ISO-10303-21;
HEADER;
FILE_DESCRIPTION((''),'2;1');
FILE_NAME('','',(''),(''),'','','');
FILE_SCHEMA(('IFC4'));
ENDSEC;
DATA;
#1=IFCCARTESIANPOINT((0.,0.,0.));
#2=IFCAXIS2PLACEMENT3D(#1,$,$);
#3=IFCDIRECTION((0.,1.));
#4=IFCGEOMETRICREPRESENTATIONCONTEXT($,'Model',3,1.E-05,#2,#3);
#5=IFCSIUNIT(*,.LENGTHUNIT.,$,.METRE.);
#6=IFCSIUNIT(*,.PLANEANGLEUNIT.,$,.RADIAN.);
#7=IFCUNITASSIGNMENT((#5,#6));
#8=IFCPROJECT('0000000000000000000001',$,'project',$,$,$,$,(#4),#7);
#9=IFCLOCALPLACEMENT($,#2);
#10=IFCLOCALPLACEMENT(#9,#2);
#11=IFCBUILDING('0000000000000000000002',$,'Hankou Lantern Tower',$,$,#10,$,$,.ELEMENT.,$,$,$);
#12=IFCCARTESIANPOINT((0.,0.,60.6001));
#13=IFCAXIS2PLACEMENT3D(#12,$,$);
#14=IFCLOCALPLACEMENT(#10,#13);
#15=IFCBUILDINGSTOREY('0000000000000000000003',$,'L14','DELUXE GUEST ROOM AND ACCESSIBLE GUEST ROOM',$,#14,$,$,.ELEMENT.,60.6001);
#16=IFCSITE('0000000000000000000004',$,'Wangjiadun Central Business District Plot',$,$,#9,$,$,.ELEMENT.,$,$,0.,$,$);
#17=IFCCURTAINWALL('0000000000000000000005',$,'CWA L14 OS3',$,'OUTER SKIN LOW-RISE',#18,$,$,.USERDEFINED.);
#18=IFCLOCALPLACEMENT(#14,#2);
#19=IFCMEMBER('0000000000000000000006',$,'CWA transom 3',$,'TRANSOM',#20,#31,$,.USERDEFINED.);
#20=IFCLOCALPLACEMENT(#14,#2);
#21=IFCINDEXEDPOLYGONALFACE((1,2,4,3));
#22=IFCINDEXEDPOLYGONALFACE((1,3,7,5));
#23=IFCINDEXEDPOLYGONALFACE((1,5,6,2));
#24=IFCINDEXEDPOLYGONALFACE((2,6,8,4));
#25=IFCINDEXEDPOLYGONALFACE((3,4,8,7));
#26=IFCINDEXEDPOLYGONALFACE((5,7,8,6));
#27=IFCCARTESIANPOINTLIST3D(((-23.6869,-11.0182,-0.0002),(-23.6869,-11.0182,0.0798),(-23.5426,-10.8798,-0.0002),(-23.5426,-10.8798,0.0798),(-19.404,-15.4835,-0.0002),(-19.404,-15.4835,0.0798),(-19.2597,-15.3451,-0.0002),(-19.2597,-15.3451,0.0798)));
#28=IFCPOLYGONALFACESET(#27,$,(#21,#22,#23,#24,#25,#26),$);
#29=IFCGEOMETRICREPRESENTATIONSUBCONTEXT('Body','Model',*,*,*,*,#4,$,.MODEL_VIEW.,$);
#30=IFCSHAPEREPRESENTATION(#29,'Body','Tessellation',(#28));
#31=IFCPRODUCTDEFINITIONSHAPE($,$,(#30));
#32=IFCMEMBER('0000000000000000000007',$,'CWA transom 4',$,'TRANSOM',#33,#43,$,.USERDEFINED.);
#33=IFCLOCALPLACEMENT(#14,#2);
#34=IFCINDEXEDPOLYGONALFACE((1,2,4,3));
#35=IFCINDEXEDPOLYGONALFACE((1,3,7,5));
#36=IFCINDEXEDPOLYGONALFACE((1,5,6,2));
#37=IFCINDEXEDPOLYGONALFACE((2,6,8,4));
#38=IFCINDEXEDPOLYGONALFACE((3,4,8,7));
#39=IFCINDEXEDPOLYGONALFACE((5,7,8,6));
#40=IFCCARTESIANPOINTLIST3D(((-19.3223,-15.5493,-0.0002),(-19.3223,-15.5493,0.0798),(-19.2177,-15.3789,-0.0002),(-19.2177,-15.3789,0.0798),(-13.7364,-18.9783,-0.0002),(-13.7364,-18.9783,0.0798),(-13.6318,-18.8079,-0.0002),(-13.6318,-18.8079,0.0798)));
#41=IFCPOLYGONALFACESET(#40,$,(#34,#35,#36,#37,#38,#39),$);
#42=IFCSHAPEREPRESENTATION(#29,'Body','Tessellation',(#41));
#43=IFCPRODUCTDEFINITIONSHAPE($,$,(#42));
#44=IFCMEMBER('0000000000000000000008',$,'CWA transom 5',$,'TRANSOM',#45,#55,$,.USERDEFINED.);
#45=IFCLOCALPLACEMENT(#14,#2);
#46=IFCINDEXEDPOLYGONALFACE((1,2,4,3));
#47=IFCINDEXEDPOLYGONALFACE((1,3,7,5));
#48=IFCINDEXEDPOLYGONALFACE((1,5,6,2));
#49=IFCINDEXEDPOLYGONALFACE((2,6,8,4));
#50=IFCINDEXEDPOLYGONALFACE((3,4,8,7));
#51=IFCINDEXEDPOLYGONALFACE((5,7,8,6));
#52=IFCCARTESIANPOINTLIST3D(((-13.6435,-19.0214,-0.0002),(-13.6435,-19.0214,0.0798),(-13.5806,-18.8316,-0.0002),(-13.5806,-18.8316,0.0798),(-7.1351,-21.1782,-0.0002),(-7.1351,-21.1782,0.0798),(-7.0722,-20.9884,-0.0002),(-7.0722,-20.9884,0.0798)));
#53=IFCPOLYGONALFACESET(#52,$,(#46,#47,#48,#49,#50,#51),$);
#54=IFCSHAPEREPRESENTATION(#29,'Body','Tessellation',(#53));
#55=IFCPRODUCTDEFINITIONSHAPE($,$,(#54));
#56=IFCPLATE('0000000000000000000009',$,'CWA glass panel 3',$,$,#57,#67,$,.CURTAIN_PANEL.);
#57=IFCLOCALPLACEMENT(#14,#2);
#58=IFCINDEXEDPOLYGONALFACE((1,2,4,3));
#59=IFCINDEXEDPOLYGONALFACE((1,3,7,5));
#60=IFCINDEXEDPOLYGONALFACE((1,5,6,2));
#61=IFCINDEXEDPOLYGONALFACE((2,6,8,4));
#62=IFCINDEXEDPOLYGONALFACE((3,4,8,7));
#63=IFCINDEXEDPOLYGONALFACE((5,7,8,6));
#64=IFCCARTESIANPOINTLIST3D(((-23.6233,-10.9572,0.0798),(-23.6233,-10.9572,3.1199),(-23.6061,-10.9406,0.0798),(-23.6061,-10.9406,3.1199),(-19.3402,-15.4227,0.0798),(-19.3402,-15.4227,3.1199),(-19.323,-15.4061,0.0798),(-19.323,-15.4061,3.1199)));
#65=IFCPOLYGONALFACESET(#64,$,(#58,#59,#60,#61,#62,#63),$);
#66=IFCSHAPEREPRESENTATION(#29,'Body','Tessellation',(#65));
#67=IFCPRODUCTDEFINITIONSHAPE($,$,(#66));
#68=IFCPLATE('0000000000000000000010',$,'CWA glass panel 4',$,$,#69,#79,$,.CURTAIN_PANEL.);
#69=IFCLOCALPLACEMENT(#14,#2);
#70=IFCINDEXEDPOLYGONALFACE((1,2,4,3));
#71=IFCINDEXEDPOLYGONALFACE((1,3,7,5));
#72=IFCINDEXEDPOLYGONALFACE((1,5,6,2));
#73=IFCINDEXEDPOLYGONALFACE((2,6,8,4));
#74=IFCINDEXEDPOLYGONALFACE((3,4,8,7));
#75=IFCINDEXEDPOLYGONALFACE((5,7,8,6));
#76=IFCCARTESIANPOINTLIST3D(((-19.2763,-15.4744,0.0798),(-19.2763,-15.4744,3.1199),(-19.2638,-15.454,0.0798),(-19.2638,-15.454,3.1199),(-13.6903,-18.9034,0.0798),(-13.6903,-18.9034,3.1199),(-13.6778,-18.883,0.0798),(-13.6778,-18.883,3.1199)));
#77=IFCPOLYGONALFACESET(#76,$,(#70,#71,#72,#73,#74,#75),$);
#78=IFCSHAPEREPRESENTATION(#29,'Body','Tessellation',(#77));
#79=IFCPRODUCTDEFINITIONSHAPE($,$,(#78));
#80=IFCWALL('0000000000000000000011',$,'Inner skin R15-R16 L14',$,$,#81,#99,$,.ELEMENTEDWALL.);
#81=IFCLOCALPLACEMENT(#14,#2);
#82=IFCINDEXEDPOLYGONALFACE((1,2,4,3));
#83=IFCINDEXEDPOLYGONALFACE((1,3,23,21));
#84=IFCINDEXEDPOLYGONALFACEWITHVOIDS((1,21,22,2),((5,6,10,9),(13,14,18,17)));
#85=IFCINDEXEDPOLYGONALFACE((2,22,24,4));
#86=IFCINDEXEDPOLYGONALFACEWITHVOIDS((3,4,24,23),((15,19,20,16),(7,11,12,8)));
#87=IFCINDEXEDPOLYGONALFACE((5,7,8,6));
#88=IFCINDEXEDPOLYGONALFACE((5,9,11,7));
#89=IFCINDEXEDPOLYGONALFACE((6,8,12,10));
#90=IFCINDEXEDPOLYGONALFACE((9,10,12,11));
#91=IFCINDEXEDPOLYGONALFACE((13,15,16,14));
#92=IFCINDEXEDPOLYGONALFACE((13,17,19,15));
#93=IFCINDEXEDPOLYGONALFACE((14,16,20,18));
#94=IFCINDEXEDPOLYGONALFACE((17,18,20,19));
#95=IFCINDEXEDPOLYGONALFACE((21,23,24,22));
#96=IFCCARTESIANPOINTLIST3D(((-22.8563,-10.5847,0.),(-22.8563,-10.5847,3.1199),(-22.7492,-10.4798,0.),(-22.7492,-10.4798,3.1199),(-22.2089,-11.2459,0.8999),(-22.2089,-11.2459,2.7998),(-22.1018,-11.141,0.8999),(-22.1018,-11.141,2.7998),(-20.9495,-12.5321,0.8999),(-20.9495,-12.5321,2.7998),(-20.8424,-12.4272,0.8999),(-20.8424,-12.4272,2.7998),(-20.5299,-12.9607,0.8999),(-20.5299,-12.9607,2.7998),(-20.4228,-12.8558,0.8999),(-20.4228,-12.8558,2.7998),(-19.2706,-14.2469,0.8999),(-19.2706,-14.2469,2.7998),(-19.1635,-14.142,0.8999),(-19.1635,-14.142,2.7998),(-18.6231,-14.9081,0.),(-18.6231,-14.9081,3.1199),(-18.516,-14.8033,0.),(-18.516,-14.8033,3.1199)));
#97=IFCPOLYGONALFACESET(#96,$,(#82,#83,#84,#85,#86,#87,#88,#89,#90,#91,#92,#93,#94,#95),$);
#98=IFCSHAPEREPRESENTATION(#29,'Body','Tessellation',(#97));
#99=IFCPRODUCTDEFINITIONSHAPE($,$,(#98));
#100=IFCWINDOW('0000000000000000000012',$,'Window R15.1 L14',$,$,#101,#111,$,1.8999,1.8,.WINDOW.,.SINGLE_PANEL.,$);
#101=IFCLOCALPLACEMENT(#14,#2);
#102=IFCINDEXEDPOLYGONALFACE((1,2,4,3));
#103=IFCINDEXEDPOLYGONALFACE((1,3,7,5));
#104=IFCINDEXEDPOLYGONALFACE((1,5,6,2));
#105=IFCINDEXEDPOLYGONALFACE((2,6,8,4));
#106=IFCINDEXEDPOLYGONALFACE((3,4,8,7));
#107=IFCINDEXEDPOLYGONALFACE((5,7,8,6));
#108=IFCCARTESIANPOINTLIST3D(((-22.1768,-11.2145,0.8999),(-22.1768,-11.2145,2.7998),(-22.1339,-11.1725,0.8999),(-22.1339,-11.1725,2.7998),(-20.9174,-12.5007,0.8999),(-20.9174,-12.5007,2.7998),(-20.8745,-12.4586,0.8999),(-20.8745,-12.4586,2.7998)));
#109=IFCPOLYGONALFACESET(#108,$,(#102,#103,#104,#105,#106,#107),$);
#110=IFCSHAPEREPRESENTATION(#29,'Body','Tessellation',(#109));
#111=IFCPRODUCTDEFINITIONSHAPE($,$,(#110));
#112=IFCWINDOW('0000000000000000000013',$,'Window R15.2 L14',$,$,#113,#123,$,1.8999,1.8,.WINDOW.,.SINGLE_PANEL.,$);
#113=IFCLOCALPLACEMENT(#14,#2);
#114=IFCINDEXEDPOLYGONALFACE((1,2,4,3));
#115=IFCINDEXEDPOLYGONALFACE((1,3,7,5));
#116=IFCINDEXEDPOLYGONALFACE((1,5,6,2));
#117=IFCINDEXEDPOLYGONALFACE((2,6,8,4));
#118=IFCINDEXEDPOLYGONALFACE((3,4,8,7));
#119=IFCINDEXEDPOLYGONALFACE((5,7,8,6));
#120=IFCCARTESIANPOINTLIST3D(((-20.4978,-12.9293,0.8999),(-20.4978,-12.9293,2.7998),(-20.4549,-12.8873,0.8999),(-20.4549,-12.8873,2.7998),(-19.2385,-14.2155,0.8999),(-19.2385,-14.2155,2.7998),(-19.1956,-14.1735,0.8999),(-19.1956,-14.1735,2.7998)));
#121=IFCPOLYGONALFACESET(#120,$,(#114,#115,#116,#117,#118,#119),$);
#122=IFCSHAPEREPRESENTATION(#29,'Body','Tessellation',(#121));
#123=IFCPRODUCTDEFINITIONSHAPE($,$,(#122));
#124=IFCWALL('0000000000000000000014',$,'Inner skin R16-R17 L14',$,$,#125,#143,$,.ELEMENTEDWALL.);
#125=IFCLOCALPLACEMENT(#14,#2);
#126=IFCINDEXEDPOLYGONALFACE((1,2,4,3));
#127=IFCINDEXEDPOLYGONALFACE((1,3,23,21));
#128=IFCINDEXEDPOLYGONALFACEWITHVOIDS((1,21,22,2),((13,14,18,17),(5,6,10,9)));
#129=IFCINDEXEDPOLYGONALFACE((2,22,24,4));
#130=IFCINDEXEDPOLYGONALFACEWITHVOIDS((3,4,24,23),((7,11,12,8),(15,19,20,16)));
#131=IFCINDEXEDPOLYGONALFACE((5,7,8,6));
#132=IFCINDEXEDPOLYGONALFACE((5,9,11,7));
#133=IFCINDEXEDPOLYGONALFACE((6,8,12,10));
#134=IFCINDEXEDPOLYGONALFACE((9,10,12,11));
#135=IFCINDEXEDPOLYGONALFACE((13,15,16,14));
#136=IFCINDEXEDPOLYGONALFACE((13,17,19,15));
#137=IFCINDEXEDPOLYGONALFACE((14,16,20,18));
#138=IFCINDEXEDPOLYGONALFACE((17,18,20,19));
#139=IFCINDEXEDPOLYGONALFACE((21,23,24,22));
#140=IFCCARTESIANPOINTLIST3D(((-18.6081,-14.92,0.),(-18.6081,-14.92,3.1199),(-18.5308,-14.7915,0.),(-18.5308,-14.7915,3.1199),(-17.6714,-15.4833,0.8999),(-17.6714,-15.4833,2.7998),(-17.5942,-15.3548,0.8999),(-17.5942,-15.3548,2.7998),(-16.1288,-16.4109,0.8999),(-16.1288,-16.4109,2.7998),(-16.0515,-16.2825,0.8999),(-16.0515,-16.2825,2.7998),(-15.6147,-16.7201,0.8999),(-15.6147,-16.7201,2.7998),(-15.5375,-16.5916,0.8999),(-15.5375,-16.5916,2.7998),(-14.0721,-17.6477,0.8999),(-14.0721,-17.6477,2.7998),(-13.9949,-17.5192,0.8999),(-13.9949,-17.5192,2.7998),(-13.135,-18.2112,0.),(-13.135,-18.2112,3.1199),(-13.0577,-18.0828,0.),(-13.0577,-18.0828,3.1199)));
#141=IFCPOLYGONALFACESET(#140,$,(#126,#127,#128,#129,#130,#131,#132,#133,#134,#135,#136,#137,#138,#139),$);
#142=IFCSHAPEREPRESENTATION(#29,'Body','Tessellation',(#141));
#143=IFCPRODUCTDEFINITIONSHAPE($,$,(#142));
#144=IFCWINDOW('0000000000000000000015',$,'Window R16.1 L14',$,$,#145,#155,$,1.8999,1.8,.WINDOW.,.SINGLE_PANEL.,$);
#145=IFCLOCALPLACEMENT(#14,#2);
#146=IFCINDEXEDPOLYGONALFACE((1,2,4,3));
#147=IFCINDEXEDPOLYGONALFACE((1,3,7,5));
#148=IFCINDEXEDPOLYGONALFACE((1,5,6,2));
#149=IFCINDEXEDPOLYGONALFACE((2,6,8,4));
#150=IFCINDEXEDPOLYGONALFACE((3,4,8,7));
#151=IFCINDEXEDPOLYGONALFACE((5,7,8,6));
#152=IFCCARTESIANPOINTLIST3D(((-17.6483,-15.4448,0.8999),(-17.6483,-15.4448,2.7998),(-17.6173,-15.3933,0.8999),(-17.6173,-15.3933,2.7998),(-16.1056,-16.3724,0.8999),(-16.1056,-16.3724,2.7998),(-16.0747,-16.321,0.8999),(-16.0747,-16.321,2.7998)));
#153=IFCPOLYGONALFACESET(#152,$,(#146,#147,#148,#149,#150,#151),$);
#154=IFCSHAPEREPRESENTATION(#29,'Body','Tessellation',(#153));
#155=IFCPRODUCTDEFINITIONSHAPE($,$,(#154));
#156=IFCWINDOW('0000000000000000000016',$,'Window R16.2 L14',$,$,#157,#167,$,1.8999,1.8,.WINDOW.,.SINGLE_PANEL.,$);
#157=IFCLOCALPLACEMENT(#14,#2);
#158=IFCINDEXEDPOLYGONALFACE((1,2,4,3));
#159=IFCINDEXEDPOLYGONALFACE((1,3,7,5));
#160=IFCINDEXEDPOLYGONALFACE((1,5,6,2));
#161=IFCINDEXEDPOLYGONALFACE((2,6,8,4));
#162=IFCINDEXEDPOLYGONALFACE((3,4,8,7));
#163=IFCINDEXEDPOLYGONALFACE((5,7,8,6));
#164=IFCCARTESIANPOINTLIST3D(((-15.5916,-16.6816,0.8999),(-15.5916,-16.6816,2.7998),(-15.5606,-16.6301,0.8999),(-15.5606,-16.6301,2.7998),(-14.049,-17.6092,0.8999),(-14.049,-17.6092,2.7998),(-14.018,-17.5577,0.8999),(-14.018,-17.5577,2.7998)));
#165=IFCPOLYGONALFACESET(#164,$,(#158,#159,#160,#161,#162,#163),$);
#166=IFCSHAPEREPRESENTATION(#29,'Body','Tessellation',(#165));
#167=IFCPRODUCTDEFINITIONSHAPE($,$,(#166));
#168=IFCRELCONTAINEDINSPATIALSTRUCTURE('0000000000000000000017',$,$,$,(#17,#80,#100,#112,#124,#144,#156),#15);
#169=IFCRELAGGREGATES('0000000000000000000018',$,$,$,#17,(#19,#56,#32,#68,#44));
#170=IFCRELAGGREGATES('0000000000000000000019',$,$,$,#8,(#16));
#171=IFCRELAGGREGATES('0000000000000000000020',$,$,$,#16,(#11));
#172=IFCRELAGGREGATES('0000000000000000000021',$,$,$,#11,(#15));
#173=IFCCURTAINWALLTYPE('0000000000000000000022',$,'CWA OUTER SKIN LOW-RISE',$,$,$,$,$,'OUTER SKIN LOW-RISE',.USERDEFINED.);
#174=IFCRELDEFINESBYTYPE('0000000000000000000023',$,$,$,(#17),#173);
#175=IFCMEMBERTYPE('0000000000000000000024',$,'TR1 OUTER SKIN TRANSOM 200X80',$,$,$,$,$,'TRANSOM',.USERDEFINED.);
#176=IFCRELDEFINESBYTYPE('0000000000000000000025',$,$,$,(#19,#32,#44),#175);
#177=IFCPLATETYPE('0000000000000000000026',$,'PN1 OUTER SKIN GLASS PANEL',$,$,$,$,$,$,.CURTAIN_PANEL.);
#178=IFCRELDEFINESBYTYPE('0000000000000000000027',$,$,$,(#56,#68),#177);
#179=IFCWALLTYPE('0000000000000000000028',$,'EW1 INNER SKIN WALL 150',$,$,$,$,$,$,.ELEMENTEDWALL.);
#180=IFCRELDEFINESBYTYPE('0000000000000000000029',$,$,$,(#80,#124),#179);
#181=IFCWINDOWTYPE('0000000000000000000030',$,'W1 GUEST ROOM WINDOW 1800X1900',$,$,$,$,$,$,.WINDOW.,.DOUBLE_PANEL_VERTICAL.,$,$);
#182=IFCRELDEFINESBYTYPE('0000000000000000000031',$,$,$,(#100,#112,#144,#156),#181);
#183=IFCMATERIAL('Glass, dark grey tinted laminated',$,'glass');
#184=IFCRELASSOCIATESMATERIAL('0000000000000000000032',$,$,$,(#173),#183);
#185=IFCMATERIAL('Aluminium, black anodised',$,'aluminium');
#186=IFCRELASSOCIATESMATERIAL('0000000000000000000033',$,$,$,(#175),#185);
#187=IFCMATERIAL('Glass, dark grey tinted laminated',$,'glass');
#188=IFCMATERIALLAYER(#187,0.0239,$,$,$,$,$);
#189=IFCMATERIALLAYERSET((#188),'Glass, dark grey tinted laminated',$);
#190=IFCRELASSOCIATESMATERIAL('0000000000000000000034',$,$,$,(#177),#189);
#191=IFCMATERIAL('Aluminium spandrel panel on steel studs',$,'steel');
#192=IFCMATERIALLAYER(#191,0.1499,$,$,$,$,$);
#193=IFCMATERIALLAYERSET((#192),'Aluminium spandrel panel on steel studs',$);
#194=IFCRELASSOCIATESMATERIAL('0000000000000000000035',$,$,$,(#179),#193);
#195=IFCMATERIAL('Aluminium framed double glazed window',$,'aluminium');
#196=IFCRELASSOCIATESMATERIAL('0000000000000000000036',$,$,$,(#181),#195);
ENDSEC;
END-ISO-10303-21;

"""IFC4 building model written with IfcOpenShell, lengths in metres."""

from ifc_helpers import new_model, si_unit, direction, frame, frame_2d, origin, origin_2d, place, context, subcontext, project, spatial, rectangle, extrude, material, layer, layer_set, material_profile, profile_set, type_object, element, fill, aggregate, save


model = new_model("IFC4")

# Units and contexts
model_context = context("Model", 3, precision=1e-05, world=origin(), true_north=direction((0.0, 1.0)))
body_context = subcontext(model_context, "Body", "Model", "MODEL_VIEW")
ifc_project = project(units=[si_unit("LENGTHUNIT", "METRE"), si_unit("PLANEANGLEUNIT", "RADIAN")], contexts=[model_context])

# Site, building, storey
site_placement = place(None, origin())
site = spatial("IfcSite", under=ifc_project, at=site_placement, Name="Wangjiadun Central Business District Plot", CompositionType="ELEMENT", RefElevation=0.0)
building_placement = place(site_placement, origin())
building = spatial("IfcBuilding", under=site, at=building_placement, Name="Hankou Lantern Tower", CompositionType="ELEMENT")
storey_placement = place(building_placement, frame((0.0, 0.0, 60.6001)))
storey = spatial("IfcBuildingStorey", under=building, at=storey_placement, Name="L14", Description="DELUXE GUEST ROOM AND ACCESSIBLE GUEST ROOM", CompositionType="ELEMENT", Elevation=60.6001)

# Curtain wall
ifc_material_1 = material(Name="Glass, dark grey tinted laminated", Category="glass")
curtain_wall_type = type_object("IfcCurtainWallType", Name="CWA OUTER SKIN LOW-RISE", ElementType="OUTER SKIN LOW-RISE", PredefinedType="USERDEFINED", material=ifc_material_1)
curtain_wall_placement = place(storey_placement, origin())
curtain_wall = element("IfcCurtainWall", 1, at=curtain_wall_placement, inside=storey, type_object=curtain_wall_type, Name="CWA L14 OS3", ObjectType="OUTER SKIN LOW-RISE", PredefinedType="USERDEFINED")

# Members
ifc_material_2 = material(Name="Aluminium, black anodised", Category="aluminium")
ifc_material_profile_1 = material_profile(ifc_material_2, rectangle(XDim=0.2, YDim=0.0801, at=origin_2d()), Name="TR1 200X80")
ifc_profile_set_1 = profile_set([ifc_material_profile_1], Name="Aluminium, black anodised")
member_type_1 = type_object("IfcMemberType", Name="TR1 OUTER SKIN TRANSOM 200X80", ElementType="TRANSOM", PredefinedType="USERDEFINED", material=ifc_profile_set_1)
member_1_placement = place(storey_placement, frame((-23.6147, -10.949, 0.0398), z_axis=(0.692216, -0.721691, 0.0), x_axis=(0.721691, 0.692216, 0.0)))
member_1 = element("IfcMember", 2, at=member_1_placement, type_object=member_type_1, Name="CWA transom 3", ObjectType="TRANSOM", PredefinedType="USERDEFINED", context=body_context, shape_type="SweptSolid", body=[
    extrude(rectangle(XDim=0.2, YDim=0.0801, at=origin_2d()), origin(), (0.0, 0.0, 1.0), 6.1873),
])
member_2_placement = place(storey_placement, frame((-19.27, -15.4641, 0.0398), z_axis=(0.85224, -0.523152, 0.0), x_axis=(0.523152, 0.85224, 0.0)))
member_2 = element("IfcMember", 3, at=member_2_placement, type_object=member_type_1, Name="CWA transom 4", ObjectType="TRANSOM", PredefinedType="USERDEFINED", context=body_context, shape_type="SweptSolid", body=[
    extrude(rectangle(XDim=0.2, YDim=0.0801, at=origin_2d()), origin(), (0.0, 0.0, 1.0), 6.5544),
])
member_3_placement = place(storey_placement, frame((-13.6121, -18.9265, 0.0398), z_axis=(0.949237, -0.314561, 0.0), x_axis=(0.314561, 0.949237, 0.0)))
member_3 = element("IfcMember", 4, at=member_3_placement, type_object=member_type_1, Name="CWA transom 5", ObjectType="TRANSOM", PredefinedType="USERDEFINED", context=body_context, shape_type="SweptSolid", body=[
    extrude(rectangle(XDim=0.2, YDim=0.0801, at=origin_2d()), origin(), (0.0, 0.0, 1.0), 6.8564),
])

# Plates
ifc_material_3 = material(Name="Glass, dark grey tinted laminated", Category="glass")
ifc_layer_1 = layer(ifc_material_3, 0.0239)
ifc_layer_set_1 = layer_set([ifc_layer_1], Name="Glass, dark grey tinted laminated")
plate_type = type_object("IfcPlateType", Name="PN1 OUTER SKIN GLASS PANEL", PredefinedType="CURTAIN_PANEL", material=ifc_layer_set_1)
plate_1_placement = place(storey_placement, frame((-21.4731, -13.1816, 0.0798), z_axis=(0.0, 0.0, 1.0), x_axis=(0.692216, -0.721691, 0.0)))
plate_1 = element("IfcPlate", 5, at=plate_1_placement, type_object=plate_type, Name="CWA glass panel 3", PredefinedType="CURTAIN_PANEL", context=body_context, shape_type="SweptSolid", body=[
    extrude(rectangle(XDim=6.1875, YDim=0.0239, at=origin_2d()), origin(), (0.0, 0.0, 1.0), 3.04),
])
plate_2_placement = place(storey_placement, frame((-16.4771, -17.1787, 0.0798), z_axis=(0.0, 0.0, 1.0), x_axis=(0.852237, -0.523156, 0.0)))
plate_2 = element("IfcPlate", 6, at=plate_2_placement, type_object=plate_type, Name="CWA glass panel 4", PredefinedType="CURTAIN_PANEL", context=body_context, shape_type="SweptSolid", body=[
    extrude(rectangle(XDim=6.5544, YDim=0.0239, at=origin_2d()), origin(), (0.0, 0.0, 1.0), 3.04),
])
aggregate(curtain_wall, [member_1, plate_1, member_2, plate_2, member_3])

# Walls, openings, windows
ifc_material_4 = material(Name="Aluminium spandrel panel on steel studs", Category="steel")
ifc_layer_2 = layer(ifc_material_4, 0.1499)
ifc_layer_set_2 = layer_set([ifc_layer_2], Name="Aluminium spandrel panel on steel studs")
wall_type_1 = type_object("IfcWallType", Name="EW1 INNER SKIN WALL 150", PredefinedType="ELEMENTEDWALL", material=ifc_layer_set_2)
wall_1_placement = place(storey_placement, frame((-22.8027, -10.5322, 0.0), z_axis=(0.0, 0.0, 1.0), x_axis=(0.699603, -0.714532, 0.0)))
wall_1 = element("IfcWall", 7, at=wall_1_placement, inside=storey, type_object=wall_type_1, Name="Inner skin R15-R16 L14", PredefinedType="ELEMENTEDWALL", context=body_context, shape_type="SweptSolid", body=[
    extrude(rectangle(XDim=6.0508, YDim=0.1499, at=frame_2d((3.0254, 0.0))), origin(), (0.0, 0.0, 1.0), 3.1199),
])
opening_1_placement = place(wall_1_placement, frame((0.9255, 0.0, 0.8999)))
opening_1 = element("IfcOpeningElement", 8, at=opening_1_placement, cuts=wall_1, PredefinedType="OPENING", context=body_context, shape_type="SweptSolid", body=[
    extrude(rectangle(XDim=1.8, YDim=1.8999, at=frame_2d((0.8999, 0.95))), frame((0.0, 0.085, 0.0), z_axis=(0.0, -1.0, 0.0), x_axis=(1.0, 0.0, 0.0)), (0.0, 0.0, 1.0), 0.1699),
])
opening_2_placement = place(wall_1_placement, frame((3.3254, 0.0, 0.8999)))
opening_2 = element("IfcOpeningElement", 9, at=opening_2_placement, cuts=wall_1, PredefinedType="OPENING", context=body_context, shape_type="SweptSolid", body=[
    extrude(rectangle(XDim=1.8, YDim=1.8999, at=frame_2d((0.8999, 0.95))), frame((0.0, 0.085, 0.0), z_axis=(0.0, -1.0, 0.0), x_axis=(1.0, 0.0, 0.0)), (0.0, 0.0, 1.0), 0.1699),
])
ifc_material_5 = material(Name="Aluminium framed double glazed window", Category="aluminium")
window_type = type_object("IfcWindowType", Name="W1 GUEST ROOM WINDOW 1800X1900", PartitioningType="DOUBLE_PANEL_VERTICAL", PredefinedType="WINDOW", material=ifc_material_5)
window_1_placement = place(opening_1_placement, origin())
window_1 = element("IfcWindow", 10, at=window_1_placement, inside=storey, type_object=window_type, Name="Window R15.1 L14", OverallHeight=1.8999, OverallWidth=1.8, PartitioningType="SINGLE_PANEL", PredefinedType="WINDOW", context=body_context, shape_type="SweptSolid", body=[
    extrude(rectangle(XDim=1.8, YDim=1.8999, at=frame_2d((0.8999, 0.95))), frame((0.0, 0.03, 0.0), z_axis=(0.0, -1.0, 0.0), x_axis=(1.0, 0.0, 0.0)), (0.0, 0.0, 1.0), 0.0601),
])
fill(opening_1, window_1)
window_2_placement = place(opening_2_placement, origin())
window_2 = element("IfcWindow", 11, at=window_2_placement, inside=storey, type_object=window_type, Name="Window R15.2 L14", OverallHeight=1.8999, OverallWidth=1.8, PartitioningType="SINGLE_PANEL", PredefinedType="WINDOW", context=body_context, shape_type="SweptSolid", body=[
    extrude(rectangle(XDim=1.8, YDim=1.8999, at=frame_2d((0.8999, 0.95))), frame((0.0, 0.03, 0.0), z_axis=(0.0, -1.0, 0.0), x_axis=(1.0, 0.0, 0.0)), (0.0, 0.0, 1.0), 0.0601),
])
fill(opening_2, window_2)
wall_2_placement = place(storey_placement, frame((-18.5696, -14.8557, 0.0), z_axis=(0.0, 0.0, 1.0), x_axis=(0.856983, -0.515344, 0.0)))
wall_2 = element("IfcWall", 12, at=wall_2_placement, inside=storey, type_object=wall_type_1, Name="Inner skin R16-R17 L14", PredefinedType="ELEMENTEDWALL", context=body_context, shape_type="SweptSolid", body=[
    extrude(rectangle(XDim=6.3865, YDim=0.1499, at=frame_2d((3.1934, 0.0))), origin(), (0.0, 0.0, 1.0), 3.1199),
])
opening_3_placement = place(wall_2_placement, frame((1.0933, 0.0, 0.8999)))
opening_3 = element("IfcOpeningElement", 13, at=opening_3_placement, cuts=wall_2, PredefinedType="OPENING", context=body_context, shape_type="SweptSolid", body=[
    extrude(rectangle(XDim=1.8, YDim=1.8999, at=frame_2d((0.8999, 0.95))), frame((0.0, 0.085, 0.0), z_axis=(0.0, -1.0, 0.0), x_axis=(1.0, 0.0, 0.0)), (0.0, 0.0, 1.0), 0.1699),
])
opening_4_placement = place(wall_2_placement, frame((3.4932, 0.0, 0.8999)))
opening_4 = element("IfcOpeningElement", 14, at=opening_4_placement, cuts=wall_2, PredefinedType="OPENING", context=body_context, shape_type="SweptSolid", body=[
    extrude(rectangle(XDim=1.8, YDim=1.8999, at=frame_2d((0.8999, 0.95))), frame((0.0, 0.085, 0.0), z_axis=(0.0, -1.0, 0.0), x_axis=(1.0, 0.0, 0.0)), (0.0, 0.0, 1.0), 0.1699),
])
window_3_placement = place(opening_3_placement, origin())
window_3 = element("IfcWindow", 15, at=window_3_placement, inside=storey, type_object=window_type, Name="Window R16.1 L14", OverallHeight=1.8999, OverallWidth=1.8, PartitioningType="SINGLE_PANEL", PredefinedType="WINDOW", context=body_context, shape_type="SweptSolid", body=[
    extrude(rectangle(XDim=1.8, YDim=1.8999, at=frame_2d((0.8999, 0.95))), frame((0.0, 0.03, 0.0), z_axis=(0.0, -1.0, 0.0), x_axis=(1.0, 0.0, 0.0)), (0.0, 0.0, 1.0), 0.0601),
])
fill(opening_3, window_3)
window_4_placement = place(opening_4_placement, origin())
window_4 = element("IfcWindow", 16, at=window_4_placement, inside=storey, type_object=window_type, Name="Window R16.2 L14", OverallHeight=1.8999, OverallWidth=1.8, PartitioningType="SINGLE_PANEL", PredefinedType="WINDOW", context=body_context, shape_type="SweptSolid", body=[
    extrude(rectangle(XDim=1.8, YDim=1.8999, at=frame_2d((0.8999, 0.95))), frame((0.0, 0.03, 0.0), z_axis=(0.0, -1.0, 0.0), x_axis=(1.0, 0.0, 0.0)), (0.0, 0.0, 1.0), 0.0601),
])
fill(opening_4, window_4)

save(model, "model.ifc")
